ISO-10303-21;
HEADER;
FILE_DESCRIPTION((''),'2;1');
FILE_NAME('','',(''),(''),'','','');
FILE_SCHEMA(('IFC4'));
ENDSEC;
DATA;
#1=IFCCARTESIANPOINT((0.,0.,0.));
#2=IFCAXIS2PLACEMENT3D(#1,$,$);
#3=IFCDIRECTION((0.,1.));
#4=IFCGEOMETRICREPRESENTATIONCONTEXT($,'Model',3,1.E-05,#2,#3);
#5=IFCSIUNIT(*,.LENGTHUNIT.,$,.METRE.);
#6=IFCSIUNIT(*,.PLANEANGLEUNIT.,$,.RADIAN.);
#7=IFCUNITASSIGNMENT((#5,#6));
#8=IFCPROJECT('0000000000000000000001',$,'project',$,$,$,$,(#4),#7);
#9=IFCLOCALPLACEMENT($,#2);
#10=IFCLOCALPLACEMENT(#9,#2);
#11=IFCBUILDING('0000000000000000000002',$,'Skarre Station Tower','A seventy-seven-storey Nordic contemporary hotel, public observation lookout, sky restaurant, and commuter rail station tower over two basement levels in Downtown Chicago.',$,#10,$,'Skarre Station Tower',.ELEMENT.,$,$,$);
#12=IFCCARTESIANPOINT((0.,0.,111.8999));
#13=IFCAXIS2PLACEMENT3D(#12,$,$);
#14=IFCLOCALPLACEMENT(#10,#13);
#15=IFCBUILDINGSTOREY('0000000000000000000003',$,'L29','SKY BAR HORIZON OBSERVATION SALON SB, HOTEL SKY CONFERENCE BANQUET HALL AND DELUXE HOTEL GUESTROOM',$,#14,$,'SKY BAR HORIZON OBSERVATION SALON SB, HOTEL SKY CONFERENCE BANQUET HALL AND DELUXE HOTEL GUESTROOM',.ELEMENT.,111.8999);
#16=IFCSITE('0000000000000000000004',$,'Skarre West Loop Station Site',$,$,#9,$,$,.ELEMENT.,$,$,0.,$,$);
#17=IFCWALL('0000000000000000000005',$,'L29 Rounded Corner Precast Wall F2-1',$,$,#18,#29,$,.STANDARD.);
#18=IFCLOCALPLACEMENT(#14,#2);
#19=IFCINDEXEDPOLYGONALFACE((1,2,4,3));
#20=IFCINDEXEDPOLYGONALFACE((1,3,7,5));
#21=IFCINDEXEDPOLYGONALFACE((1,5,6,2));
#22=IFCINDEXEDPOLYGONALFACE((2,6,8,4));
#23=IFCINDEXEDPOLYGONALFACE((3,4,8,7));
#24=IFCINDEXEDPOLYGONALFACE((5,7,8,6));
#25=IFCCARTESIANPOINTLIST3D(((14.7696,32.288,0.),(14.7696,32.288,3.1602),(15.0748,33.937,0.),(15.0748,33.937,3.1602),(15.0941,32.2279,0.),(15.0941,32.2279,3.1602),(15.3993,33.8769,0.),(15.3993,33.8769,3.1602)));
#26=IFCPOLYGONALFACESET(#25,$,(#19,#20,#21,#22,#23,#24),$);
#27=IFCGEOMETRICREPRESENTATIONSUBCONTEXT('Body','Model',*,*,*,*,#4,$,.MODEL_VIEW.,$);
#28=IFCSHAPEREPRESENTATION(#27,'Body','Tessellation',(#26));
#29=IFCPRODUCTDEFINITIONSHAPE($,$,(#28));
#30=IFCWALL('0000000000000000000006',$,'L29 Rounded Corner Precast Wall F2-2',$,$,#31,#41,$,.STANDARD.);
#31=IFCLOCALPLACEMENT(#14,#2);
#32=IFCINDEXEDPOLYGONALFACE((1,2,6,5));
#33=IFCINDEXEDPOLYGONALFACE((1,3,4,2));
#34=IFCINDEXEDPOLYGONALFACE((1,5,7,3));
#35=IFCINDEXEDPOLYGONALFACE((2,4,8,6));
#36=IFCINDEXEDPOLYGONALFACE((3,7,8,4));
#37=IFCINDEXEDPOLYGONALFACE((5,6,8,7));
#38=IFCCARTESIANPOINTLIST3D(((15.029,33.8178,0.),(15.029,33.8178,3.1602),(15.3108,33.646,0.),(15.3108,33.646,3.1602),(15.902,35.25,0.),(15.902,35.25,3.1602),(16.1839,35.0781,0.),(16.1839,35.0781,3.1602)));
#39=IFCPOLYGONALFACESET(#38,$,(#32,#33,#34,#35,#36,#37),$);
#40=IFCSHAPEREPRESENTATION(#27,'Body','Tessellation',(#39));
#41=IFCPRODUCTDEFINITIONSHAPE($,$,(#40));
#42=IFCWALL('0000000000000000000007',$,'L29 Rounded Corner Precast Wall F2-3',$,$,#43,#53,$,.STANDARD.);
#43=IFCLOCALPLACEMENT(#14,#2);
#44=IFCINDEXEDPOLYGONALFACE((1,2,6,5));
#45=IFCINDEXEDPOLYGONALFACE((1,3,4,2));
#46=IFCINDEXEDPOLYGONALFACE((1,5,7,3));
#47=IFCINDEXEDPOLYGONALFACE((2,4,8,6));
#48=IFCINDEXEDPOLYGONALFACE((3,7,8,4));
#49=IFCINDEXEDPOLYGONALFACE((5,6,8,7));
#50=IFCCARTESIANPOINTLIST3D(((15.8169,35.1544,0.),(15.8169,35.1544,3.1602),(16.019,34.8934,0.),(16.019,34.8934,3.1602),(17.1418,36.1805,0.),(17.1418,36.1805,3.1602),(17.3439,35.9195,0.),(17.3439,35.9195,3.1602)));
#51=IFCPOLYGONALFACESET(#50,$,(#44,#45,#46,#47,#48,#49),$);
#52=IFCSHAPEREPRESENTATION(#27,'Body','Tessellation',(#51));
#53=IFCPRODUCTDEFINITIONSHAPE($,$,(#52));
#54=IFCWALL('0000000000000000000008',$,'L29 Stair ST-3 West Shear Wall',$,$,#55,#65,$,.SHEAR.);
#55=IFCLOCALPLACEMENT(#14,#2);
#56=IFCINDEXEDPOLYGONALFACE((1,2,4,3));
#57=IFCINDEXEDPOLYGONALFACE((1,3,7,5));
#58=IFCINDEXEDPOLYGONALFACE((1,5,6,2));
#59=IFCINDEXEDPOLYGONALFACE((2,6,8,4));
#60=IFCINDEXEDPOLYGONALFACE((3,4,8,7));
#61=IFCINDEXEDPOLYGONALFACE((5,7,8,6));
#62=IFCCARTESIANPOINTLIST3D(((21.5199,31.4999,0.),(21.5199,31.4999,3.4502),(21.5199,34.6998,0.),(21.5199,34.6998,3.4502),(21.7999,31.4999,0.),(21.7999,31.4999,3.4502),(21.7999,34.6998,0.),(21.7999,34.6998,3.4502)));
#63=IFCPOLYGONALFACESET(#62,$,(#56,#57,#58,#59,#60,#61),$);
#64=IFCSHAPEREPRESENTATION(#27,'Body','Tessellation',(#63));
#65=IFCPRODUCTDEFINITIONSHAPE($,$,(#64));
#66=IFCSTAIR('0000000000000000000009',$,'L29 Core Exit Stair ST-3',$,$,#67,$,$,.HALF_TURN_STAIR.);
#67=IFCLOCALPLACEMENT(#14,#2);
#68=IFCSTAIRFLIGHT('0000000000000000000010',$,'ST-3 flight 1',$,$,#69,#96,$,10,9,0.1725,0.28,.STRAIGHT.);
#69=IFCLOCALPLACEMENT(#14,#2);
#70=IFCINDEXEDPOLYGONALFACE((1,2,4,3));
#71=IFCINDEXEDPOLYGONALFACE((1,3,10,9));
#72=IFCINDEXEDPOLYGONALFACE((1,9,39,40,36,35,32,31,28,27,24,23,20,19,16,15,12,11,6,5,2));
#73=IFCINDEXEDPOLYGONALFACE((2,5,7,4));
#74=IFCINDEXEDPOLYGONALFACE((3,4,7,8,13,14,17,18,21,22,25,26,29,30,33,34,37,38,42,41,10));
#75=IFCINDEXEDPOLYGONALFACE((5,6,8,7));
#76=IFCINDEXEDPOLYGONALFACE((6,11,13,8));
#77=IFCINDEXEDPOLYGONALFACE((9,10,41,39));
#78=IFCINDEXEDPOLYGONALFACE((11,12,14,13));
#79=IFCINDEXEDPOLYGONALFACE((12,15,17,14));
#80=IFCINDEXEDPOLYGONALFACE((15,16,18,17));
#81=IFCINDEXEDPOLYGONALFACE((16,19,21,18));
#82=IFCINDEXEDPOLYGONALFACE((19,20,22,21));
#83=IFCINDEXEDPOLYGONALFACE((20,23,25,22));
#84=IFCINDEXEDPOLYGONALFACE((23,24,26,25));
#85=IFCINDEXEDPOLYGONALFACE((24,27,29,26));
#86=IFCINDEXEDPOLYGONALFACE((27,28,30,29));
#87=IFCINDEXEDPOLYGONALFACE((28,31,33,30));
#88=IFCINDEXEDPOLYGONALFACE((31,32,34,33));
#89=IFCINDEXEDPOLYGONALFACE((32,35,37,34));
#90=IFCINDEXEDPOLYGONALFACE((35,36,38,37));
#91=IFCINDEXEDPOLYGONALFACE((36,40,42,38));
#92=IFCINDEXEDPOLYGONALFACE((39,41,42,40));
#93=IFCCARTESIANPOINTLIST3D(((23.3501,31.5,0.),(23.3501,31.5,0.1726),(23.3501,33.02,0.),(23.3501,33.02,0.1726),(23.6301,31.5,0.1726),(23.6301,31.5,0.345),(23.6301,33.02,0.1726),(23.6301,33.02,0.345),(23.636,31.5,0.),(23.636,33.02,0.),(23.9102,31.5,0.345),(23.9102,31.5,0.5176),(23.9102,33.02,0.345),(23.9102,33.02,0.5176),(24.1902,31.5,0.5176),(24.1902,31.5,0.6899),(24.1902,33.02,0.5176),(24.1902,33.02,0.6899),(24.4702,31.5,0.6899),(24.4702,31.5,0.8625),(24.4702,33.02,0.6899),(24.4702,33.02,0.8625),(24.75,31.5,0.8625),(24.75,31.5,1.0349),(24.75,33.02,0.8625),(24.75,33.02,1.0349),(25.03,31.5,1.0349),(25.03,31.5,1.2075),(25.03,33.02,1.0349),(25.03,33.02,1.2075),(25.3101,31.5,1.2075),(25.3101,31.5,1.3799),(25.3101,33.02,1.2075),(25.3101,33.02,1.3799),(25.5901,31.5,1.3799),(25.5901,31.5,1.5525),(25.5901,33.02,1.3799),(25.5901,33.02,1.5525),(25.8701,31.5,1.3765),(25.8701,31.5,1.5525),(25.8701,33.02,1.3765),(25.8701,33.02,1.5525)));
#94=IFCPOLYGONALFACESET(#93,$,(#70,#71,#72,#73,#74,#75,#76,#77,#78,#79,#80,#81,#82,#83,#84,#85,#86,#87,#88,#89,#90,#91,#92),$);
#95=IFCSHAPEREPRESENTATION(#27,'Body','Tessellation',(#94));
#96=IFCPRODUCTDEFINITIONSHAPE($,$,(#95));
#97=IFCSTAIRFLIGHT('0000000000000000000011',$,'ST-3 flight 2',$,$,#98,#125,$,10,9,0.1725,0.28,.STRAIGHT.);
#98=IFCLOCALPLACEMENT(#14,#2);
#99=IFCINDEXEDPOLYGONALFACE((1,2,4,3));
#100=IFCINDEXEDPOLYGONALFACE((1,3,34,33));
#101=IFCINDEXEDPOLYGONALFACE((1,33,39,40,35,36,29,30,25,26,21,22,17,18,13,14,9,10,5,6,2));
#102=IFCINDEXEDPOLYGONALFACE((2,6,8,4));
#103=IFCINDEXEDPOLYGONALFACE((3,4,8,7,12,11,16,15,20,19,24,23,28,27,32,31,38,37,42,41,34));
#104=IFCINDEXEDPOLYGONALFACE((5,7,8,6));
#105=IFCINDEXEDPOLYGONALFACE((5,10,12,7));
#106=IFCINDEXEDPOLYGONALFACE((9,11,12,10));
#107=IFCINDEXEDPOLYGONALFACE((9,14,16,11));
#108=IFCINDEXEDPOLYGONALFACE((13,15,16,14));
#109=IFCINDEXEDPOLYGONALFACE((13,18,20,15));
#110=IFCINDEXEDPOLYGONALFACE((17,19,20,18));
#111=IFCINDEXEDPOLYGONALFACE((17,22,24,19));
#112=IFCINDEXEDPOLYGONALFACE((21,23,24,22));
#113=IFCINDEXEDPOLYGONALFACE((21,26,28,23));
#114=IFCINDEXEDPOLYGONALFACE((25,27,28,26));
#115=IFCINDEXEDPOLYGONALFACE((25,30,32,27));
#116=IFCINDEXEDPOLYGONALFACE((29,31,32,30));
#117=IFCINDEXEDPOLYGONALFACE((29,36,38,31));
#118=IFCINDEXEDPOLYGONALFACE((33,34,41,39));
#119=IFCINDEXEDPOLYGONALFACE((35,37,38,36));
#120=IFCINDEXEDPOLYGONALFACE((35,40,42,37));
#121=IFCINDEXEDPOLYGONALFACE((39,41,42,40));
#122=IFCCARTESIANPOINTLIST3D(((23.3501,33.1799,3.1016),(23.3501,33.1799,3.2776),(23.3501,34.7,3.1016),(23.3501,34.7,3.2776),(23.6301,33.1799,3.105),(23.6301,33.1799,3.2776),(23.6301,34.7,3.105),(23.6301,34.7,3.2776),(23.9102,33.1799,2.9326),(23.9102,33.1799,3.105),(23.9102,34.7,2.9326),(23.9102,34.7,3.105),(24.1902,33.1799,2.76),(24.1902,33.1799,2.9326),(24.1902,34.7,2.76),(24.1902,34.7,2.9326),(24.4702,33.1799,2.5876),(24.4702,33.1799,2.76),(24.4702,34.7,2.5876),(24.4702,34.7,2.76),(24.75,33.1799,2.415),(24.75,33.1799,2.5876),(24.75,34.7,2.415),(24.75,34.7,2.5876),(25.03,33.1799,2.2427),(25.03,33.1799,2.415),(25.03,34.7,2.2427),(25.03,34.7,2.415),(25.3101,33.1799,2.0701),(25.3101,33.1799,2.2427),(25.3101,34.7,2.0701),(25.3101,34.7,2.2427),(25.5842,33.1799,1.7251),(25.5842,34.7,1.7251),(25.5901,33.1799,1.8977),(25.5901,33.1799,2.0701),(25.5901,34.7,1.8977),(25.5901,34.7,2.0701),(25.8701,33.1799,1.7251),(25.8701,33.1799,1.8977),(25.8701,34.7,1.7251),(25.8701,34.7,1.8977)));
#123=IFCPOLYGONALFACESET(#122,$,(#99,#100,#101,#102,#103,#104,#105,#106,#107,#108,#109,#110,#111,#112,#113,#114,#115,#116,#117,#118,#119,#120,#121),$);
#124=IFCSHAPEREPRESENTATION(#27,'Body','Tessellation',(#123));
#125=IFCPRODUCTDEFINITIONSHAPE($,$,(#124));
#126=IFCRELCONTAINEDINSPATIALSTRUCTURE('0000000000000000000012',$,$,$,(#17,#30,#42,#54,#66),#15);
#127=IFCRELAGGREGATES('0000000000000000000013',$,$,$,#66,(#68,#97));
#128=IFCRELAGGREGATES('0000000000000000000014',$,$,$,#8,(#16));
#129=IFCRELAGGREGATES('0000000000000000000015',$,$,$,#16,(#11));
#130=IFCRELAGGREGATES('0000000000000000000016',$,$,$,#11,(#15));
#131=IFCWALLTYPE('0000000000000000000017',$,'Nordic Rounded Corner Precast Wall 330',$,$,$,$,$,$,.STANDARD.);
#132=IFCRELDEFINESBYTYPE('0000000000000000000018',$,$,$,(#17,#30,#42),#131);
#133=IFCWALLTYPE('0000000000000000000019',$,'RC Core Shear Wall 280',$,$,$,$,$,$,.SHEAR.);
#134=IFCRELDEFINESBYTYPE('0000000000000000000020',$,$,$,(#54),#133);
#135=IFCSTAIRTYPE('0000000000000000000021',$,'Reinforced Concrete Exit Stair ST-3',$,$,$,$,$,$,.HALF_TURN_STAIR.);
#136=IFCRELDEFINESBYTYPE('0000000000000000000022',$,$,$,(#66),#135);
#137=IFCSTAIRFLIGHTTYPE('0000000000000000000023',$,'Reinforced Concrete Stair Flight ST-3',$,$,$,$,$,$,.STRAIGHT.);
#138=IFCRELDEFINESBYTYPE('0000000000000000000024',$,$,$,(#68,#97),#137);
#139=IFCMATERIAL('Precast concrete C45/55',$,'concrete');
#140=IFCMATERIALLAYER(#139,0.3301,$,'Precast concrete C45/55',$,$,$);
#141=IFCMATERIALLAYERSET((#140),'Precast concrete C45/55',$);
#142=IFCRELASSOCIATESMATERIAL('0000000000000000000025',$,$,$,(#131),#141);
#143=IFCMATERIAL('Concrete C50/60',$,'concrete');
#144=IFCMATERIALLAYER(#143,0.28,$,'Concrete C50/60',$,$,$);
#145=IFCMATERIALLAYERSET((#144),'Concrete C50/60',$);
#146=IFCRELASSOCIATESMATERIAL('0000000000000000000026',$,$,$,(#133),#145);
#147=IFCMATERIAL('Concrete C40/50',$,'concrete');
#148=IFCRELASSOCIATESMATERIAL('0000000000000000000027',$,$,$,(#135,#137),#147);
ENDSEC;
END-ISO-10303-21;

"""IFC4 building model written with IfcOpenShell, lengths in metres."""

from ifc_helpers import new_model, si_unit, direction, frame, frame_2d, origin, place, context, subcontext, project, spatial, polyline, rectangle, outline, extrude, material, layer, layer_set, type_object, element, aggregate, save


model = new_model("IFC4")

# Units and contexts
model_context = context("Model", 3, precision=1e-05, world=origin(), true_north=direction((0.0, 1.0)))
body_context = subcontext(model_context, "Body", "Model", "MODEL_VIEW")
ifc_project = project(units=[si_unit("LENGTHUNIT", "METRE"), si_unit("PLANEANGLEUNIT", "RADIAN")], contexts=[model_context])

# Site, building, storey
site_placement = place(None, origin())
site = spatial("IfcSite", under=ifc_project, at=site_placement, Name="Skarre West Loop Station Site", CompositionType="ELEMENT", RefElevation=0.0)
building_placement = place(site_placement, origin())
building = spatial("IfcBuilding", under=site, at=building_placement, Name="Skarre Station Tower", Description="A seventy-seven-storey Nordic contemporary hotel, public observation lookout, sky restaurant, and commuter rail station tower over two basement levels in Downtown Chicago.", LongName="Skarre Station Tower", CompositionType="ELEMENT")
storey_placement = place(building_placement, frame((0.0, 0.0, 111.8999)))
storey = spatial("IfcBuildingStorey", under=building, at=storey_placement, Name="L29", Description="SKY BAR HORIZON OBSERVATION SALON SB, HOTEL SKY CONFERENCE BANQUET HALL AND DELUXE HOTEL GUESTROOM", LongName="SKY BAR HORIZON OBSERVATION SALON SB, HOTEL SKY CONFERENCE BANQUET HALL AND DELUXE HOTEL GUESTROOM", CompositionType="ELEMENT", Elevation=111.8999)

# Shared definitions
ifc_material_1 = material(Name="Precast concrete C45/55", Category="concrete")

# Walls
ifc_layer_1 = layer(ifc_material_1, 0.3301, Name="Precast concrete C45/55")
ifc_layer_set_1 = layer_set([ifc_layer_1], Name="Precast concrete C45/55")
wall_type_1 = type_object("IfcWallType", Name="Nordic Rounded Corner Precast Wall 330", PredefinedType="STANDARD", material=ifc_layer_set_1)
wall_1_placement = place(storey_placement, frame((14.9319, 32.2581, 0.0), z_axis=(0.0, 0.0, 1.0), x_axis=(0.181985, 0.983301, 0.0)))
element("IfcWall", 1, at=wall_1_placement, inside=storey, type_object=wall_type_1, Name="L29 Rounded Corner Precast Wall F2-1", PredefinedType="STANDARD", context=body_context, shape_type="SweptSolid", body=[
    extrude(rectangle(XDim=1.677, YDim=0.3301, at=frame_2d((0.8384, 0.0))), origin(), (0.0, 0.0, 1.0), 3.1602),
])
wall_2_placement = place(storey_placement, frame((15.1699, 33.7319, 0.0), z_axis=(0.0, 0.0, 1.0), x_axis=(0.520519, 0.85385, 0.0)))
element("IfcWall", 2, at=wall_2_placement, inside=storey, type_object=wall_type_1, Name="L29 Rounded Corner Precast Wall F2-2", PredefinedType="STANDARD", context=body_context, shape_type="SweptSolid", body=[
    extrude(rectangle(XDim=1.6772, YDim=0.3301, at=frame_2d((0.8386, 0.0))), origin(), (0.0, 0.0, 1.0), 3.1602),
])
wall_3_placement = place(storey_placement, frame((15.918, 35.0239, 0.0), z_axis=(0.0, 0.0, 1.0), x_axis=(0.790621, 0.612305, 0.0)))
element("IfcWall", 3, at=wall_3_placement, inside=storey, type_object=wall_type_1, Name="L29 Rounded Corner Precast Wall F2-3", PredefinedType="STANDARD", context=body_context, shape_type="SweptSolid", body=[
    extrude(rectangle(XDim=1.6758, YDim=0.3301, at=frame_2d((0.8379, 0.0))), origin(), (0.0, 0.0, 1.0), 3.1602),
])
ifc_material_2 = material(Name="Concrete C50/60", Category="concrete")
ifc_layer_2 = layer(ifc_material_2, 0.28, Name="Concrete C50/60")
ifc_layer_set_2 = layer_set([ifc_layer_2], Name="Concrete C50/60")
wall_type_2 = type_object("IfcWallType", Name="RC Core Shear Wall 280", PredefinedType="SHEAR", material=ifc_layer_set_2)
wall_4_placement = place(storey_placement, frame((21.6599, 34.7, 0.0), z_axis=(0.0, 0.0, 1.0), x_axis=(0.0, -1.0, 0.0)))
element("IfcWall", 4, at=wall_4_placement, inside=storey, type_object=wall_type_2, Name="L29 Stair ST-3 West Shear Wall", PredefinedType="SHEAR", context=body_context, shape_type="SweptSolid", body=[
    extrude(rectangle(XDim=3.2, YDim=0.28, at=frame_2d((1.6001, 0.0))), origin(), (0.0, 0.0, 1.0), 3.4502),
])

# Stair, stair flights
ifc_material_3 = material(Name="Concrete C40/50", Category="concrete")
stair_type = type_object("IfcStairType", Name="Reinforced Concrete Exit Stair ST-3", PredefinedType="HALF_TURN_STAIR", material=ifc_material_3)
stair_placement = place(storey_placement, origin())
stair = element("IfcStair", 5, at=stair_placement, inside=storey, type_object=stair_type, Name="L29 Core Exit Stair ST-3", PredefinedType="HALF_TURN_STAIR")
stair_flight_type = type_object("IfcStairFlightType", Name="Reinforced Concrete Stair Flight ST-3", PredefinedType="STRAIGHT", material=ifc_material_3)
stair_flight_1_placement = place(storey_placement, frame((23.3501, 32.26, 0.0), z_axis=(0.0, 0.0, 1.0), x_axis=(1.0, 0.0, 0.0)))
stair_flight_1 = element("IfcStairFlight", 6, at=stair_flight_1_placement, type_object=stair_flight_type, Name="ST-3 flight 1", NumberOfRisers=10, NumberOfTreads=9, PredefinedType="STRAIGHT", RiserHeight=0.1725, TreadLength=0.28, context=body_context, shape_type="SweptSolid", body=[
    extrude(outline(polyline([(0.0, 0.0), (0.0, 0.1726), (0.28, 0.1726), (0.28, 0.345), (0.5601, 0.345), (0.5601, 0.5176), (0.8401, 0.5176), (0.8401, 0.6899), (1.1201, 0.6899), (1.1201, 0.8625), (1.3999, 0.8625), (1.3999, 1.0349), (1.6799, 1.0349), (1.6799, 1.2075), (1.96, 1.2075), (1.96, 1.3799), (2.24, 1.3799), (2.24, 1.5525), (2.52, 1.5525), (2.52, 1.7251), (2.52, 1.3765), (0.2859, 0.0), (0.0, 0.0)])), frame((0.0, 0.76, 0.0), z_axis=(0.0, -1.0, 0.0), x_axis=(1.0, 0.0, 0.0)), (0.0, 0.0, 1.0), 1.52),
])
stair_flight_2_placement = place(storey_placement, frame((25.8701, 33.9399, 1.7251), z_axis=(0.0, 0.0, 1.0), x_axis=(-1.0, 0.0, 0.0)))
stair_flight_2 = element("IfcStairFlight", 7, at=stair_flight_2_placement, type_object=stair_flight_type, Name="ST-3 flight 2", NumberOfRisers=10, NumberOfTreads=9, PredefinedType="STRAIGHT", RiserHeight=0.1725, TreadLength=0.28, context=body_context, shape_type="SweptSolid", body=[
    extrude(outline(polyline([(0.0, 0.0), (0.0, 0.1726), (0.28, 0.1726), (0.28, 0.345), (0.5601, 0.345), (0.5601, 0.5176), (0.8401, 0.5176), (0.8401, 0.6899), (1.1201, 0.6899), (1.1201, 0.8625), (1.3999, 0.8625), (1.3999, 1.0349), (1.6799, 1.0349), (1.6799, 1.2075), (1.96, 1.2075), (1.96, 1.3799), (2.24, 1.3799), (2.24, 1.5525), (2.52, 1.5525), (2.52, 1.7251), (2.52, 1.3765), (0.2859, 0.0), (0.0, 0.0)])), frame((0.0, 0.76, 0.0), z_axis=(0.0, -1.0, 0.0), x_axis=(1.0, 0.0, 0.0)), (0.0, 0.0, 1.0), 1.52),
])
aggregate(stair, [stair_flight_1, stair_flight_2])

save(model, "model.ifc")
